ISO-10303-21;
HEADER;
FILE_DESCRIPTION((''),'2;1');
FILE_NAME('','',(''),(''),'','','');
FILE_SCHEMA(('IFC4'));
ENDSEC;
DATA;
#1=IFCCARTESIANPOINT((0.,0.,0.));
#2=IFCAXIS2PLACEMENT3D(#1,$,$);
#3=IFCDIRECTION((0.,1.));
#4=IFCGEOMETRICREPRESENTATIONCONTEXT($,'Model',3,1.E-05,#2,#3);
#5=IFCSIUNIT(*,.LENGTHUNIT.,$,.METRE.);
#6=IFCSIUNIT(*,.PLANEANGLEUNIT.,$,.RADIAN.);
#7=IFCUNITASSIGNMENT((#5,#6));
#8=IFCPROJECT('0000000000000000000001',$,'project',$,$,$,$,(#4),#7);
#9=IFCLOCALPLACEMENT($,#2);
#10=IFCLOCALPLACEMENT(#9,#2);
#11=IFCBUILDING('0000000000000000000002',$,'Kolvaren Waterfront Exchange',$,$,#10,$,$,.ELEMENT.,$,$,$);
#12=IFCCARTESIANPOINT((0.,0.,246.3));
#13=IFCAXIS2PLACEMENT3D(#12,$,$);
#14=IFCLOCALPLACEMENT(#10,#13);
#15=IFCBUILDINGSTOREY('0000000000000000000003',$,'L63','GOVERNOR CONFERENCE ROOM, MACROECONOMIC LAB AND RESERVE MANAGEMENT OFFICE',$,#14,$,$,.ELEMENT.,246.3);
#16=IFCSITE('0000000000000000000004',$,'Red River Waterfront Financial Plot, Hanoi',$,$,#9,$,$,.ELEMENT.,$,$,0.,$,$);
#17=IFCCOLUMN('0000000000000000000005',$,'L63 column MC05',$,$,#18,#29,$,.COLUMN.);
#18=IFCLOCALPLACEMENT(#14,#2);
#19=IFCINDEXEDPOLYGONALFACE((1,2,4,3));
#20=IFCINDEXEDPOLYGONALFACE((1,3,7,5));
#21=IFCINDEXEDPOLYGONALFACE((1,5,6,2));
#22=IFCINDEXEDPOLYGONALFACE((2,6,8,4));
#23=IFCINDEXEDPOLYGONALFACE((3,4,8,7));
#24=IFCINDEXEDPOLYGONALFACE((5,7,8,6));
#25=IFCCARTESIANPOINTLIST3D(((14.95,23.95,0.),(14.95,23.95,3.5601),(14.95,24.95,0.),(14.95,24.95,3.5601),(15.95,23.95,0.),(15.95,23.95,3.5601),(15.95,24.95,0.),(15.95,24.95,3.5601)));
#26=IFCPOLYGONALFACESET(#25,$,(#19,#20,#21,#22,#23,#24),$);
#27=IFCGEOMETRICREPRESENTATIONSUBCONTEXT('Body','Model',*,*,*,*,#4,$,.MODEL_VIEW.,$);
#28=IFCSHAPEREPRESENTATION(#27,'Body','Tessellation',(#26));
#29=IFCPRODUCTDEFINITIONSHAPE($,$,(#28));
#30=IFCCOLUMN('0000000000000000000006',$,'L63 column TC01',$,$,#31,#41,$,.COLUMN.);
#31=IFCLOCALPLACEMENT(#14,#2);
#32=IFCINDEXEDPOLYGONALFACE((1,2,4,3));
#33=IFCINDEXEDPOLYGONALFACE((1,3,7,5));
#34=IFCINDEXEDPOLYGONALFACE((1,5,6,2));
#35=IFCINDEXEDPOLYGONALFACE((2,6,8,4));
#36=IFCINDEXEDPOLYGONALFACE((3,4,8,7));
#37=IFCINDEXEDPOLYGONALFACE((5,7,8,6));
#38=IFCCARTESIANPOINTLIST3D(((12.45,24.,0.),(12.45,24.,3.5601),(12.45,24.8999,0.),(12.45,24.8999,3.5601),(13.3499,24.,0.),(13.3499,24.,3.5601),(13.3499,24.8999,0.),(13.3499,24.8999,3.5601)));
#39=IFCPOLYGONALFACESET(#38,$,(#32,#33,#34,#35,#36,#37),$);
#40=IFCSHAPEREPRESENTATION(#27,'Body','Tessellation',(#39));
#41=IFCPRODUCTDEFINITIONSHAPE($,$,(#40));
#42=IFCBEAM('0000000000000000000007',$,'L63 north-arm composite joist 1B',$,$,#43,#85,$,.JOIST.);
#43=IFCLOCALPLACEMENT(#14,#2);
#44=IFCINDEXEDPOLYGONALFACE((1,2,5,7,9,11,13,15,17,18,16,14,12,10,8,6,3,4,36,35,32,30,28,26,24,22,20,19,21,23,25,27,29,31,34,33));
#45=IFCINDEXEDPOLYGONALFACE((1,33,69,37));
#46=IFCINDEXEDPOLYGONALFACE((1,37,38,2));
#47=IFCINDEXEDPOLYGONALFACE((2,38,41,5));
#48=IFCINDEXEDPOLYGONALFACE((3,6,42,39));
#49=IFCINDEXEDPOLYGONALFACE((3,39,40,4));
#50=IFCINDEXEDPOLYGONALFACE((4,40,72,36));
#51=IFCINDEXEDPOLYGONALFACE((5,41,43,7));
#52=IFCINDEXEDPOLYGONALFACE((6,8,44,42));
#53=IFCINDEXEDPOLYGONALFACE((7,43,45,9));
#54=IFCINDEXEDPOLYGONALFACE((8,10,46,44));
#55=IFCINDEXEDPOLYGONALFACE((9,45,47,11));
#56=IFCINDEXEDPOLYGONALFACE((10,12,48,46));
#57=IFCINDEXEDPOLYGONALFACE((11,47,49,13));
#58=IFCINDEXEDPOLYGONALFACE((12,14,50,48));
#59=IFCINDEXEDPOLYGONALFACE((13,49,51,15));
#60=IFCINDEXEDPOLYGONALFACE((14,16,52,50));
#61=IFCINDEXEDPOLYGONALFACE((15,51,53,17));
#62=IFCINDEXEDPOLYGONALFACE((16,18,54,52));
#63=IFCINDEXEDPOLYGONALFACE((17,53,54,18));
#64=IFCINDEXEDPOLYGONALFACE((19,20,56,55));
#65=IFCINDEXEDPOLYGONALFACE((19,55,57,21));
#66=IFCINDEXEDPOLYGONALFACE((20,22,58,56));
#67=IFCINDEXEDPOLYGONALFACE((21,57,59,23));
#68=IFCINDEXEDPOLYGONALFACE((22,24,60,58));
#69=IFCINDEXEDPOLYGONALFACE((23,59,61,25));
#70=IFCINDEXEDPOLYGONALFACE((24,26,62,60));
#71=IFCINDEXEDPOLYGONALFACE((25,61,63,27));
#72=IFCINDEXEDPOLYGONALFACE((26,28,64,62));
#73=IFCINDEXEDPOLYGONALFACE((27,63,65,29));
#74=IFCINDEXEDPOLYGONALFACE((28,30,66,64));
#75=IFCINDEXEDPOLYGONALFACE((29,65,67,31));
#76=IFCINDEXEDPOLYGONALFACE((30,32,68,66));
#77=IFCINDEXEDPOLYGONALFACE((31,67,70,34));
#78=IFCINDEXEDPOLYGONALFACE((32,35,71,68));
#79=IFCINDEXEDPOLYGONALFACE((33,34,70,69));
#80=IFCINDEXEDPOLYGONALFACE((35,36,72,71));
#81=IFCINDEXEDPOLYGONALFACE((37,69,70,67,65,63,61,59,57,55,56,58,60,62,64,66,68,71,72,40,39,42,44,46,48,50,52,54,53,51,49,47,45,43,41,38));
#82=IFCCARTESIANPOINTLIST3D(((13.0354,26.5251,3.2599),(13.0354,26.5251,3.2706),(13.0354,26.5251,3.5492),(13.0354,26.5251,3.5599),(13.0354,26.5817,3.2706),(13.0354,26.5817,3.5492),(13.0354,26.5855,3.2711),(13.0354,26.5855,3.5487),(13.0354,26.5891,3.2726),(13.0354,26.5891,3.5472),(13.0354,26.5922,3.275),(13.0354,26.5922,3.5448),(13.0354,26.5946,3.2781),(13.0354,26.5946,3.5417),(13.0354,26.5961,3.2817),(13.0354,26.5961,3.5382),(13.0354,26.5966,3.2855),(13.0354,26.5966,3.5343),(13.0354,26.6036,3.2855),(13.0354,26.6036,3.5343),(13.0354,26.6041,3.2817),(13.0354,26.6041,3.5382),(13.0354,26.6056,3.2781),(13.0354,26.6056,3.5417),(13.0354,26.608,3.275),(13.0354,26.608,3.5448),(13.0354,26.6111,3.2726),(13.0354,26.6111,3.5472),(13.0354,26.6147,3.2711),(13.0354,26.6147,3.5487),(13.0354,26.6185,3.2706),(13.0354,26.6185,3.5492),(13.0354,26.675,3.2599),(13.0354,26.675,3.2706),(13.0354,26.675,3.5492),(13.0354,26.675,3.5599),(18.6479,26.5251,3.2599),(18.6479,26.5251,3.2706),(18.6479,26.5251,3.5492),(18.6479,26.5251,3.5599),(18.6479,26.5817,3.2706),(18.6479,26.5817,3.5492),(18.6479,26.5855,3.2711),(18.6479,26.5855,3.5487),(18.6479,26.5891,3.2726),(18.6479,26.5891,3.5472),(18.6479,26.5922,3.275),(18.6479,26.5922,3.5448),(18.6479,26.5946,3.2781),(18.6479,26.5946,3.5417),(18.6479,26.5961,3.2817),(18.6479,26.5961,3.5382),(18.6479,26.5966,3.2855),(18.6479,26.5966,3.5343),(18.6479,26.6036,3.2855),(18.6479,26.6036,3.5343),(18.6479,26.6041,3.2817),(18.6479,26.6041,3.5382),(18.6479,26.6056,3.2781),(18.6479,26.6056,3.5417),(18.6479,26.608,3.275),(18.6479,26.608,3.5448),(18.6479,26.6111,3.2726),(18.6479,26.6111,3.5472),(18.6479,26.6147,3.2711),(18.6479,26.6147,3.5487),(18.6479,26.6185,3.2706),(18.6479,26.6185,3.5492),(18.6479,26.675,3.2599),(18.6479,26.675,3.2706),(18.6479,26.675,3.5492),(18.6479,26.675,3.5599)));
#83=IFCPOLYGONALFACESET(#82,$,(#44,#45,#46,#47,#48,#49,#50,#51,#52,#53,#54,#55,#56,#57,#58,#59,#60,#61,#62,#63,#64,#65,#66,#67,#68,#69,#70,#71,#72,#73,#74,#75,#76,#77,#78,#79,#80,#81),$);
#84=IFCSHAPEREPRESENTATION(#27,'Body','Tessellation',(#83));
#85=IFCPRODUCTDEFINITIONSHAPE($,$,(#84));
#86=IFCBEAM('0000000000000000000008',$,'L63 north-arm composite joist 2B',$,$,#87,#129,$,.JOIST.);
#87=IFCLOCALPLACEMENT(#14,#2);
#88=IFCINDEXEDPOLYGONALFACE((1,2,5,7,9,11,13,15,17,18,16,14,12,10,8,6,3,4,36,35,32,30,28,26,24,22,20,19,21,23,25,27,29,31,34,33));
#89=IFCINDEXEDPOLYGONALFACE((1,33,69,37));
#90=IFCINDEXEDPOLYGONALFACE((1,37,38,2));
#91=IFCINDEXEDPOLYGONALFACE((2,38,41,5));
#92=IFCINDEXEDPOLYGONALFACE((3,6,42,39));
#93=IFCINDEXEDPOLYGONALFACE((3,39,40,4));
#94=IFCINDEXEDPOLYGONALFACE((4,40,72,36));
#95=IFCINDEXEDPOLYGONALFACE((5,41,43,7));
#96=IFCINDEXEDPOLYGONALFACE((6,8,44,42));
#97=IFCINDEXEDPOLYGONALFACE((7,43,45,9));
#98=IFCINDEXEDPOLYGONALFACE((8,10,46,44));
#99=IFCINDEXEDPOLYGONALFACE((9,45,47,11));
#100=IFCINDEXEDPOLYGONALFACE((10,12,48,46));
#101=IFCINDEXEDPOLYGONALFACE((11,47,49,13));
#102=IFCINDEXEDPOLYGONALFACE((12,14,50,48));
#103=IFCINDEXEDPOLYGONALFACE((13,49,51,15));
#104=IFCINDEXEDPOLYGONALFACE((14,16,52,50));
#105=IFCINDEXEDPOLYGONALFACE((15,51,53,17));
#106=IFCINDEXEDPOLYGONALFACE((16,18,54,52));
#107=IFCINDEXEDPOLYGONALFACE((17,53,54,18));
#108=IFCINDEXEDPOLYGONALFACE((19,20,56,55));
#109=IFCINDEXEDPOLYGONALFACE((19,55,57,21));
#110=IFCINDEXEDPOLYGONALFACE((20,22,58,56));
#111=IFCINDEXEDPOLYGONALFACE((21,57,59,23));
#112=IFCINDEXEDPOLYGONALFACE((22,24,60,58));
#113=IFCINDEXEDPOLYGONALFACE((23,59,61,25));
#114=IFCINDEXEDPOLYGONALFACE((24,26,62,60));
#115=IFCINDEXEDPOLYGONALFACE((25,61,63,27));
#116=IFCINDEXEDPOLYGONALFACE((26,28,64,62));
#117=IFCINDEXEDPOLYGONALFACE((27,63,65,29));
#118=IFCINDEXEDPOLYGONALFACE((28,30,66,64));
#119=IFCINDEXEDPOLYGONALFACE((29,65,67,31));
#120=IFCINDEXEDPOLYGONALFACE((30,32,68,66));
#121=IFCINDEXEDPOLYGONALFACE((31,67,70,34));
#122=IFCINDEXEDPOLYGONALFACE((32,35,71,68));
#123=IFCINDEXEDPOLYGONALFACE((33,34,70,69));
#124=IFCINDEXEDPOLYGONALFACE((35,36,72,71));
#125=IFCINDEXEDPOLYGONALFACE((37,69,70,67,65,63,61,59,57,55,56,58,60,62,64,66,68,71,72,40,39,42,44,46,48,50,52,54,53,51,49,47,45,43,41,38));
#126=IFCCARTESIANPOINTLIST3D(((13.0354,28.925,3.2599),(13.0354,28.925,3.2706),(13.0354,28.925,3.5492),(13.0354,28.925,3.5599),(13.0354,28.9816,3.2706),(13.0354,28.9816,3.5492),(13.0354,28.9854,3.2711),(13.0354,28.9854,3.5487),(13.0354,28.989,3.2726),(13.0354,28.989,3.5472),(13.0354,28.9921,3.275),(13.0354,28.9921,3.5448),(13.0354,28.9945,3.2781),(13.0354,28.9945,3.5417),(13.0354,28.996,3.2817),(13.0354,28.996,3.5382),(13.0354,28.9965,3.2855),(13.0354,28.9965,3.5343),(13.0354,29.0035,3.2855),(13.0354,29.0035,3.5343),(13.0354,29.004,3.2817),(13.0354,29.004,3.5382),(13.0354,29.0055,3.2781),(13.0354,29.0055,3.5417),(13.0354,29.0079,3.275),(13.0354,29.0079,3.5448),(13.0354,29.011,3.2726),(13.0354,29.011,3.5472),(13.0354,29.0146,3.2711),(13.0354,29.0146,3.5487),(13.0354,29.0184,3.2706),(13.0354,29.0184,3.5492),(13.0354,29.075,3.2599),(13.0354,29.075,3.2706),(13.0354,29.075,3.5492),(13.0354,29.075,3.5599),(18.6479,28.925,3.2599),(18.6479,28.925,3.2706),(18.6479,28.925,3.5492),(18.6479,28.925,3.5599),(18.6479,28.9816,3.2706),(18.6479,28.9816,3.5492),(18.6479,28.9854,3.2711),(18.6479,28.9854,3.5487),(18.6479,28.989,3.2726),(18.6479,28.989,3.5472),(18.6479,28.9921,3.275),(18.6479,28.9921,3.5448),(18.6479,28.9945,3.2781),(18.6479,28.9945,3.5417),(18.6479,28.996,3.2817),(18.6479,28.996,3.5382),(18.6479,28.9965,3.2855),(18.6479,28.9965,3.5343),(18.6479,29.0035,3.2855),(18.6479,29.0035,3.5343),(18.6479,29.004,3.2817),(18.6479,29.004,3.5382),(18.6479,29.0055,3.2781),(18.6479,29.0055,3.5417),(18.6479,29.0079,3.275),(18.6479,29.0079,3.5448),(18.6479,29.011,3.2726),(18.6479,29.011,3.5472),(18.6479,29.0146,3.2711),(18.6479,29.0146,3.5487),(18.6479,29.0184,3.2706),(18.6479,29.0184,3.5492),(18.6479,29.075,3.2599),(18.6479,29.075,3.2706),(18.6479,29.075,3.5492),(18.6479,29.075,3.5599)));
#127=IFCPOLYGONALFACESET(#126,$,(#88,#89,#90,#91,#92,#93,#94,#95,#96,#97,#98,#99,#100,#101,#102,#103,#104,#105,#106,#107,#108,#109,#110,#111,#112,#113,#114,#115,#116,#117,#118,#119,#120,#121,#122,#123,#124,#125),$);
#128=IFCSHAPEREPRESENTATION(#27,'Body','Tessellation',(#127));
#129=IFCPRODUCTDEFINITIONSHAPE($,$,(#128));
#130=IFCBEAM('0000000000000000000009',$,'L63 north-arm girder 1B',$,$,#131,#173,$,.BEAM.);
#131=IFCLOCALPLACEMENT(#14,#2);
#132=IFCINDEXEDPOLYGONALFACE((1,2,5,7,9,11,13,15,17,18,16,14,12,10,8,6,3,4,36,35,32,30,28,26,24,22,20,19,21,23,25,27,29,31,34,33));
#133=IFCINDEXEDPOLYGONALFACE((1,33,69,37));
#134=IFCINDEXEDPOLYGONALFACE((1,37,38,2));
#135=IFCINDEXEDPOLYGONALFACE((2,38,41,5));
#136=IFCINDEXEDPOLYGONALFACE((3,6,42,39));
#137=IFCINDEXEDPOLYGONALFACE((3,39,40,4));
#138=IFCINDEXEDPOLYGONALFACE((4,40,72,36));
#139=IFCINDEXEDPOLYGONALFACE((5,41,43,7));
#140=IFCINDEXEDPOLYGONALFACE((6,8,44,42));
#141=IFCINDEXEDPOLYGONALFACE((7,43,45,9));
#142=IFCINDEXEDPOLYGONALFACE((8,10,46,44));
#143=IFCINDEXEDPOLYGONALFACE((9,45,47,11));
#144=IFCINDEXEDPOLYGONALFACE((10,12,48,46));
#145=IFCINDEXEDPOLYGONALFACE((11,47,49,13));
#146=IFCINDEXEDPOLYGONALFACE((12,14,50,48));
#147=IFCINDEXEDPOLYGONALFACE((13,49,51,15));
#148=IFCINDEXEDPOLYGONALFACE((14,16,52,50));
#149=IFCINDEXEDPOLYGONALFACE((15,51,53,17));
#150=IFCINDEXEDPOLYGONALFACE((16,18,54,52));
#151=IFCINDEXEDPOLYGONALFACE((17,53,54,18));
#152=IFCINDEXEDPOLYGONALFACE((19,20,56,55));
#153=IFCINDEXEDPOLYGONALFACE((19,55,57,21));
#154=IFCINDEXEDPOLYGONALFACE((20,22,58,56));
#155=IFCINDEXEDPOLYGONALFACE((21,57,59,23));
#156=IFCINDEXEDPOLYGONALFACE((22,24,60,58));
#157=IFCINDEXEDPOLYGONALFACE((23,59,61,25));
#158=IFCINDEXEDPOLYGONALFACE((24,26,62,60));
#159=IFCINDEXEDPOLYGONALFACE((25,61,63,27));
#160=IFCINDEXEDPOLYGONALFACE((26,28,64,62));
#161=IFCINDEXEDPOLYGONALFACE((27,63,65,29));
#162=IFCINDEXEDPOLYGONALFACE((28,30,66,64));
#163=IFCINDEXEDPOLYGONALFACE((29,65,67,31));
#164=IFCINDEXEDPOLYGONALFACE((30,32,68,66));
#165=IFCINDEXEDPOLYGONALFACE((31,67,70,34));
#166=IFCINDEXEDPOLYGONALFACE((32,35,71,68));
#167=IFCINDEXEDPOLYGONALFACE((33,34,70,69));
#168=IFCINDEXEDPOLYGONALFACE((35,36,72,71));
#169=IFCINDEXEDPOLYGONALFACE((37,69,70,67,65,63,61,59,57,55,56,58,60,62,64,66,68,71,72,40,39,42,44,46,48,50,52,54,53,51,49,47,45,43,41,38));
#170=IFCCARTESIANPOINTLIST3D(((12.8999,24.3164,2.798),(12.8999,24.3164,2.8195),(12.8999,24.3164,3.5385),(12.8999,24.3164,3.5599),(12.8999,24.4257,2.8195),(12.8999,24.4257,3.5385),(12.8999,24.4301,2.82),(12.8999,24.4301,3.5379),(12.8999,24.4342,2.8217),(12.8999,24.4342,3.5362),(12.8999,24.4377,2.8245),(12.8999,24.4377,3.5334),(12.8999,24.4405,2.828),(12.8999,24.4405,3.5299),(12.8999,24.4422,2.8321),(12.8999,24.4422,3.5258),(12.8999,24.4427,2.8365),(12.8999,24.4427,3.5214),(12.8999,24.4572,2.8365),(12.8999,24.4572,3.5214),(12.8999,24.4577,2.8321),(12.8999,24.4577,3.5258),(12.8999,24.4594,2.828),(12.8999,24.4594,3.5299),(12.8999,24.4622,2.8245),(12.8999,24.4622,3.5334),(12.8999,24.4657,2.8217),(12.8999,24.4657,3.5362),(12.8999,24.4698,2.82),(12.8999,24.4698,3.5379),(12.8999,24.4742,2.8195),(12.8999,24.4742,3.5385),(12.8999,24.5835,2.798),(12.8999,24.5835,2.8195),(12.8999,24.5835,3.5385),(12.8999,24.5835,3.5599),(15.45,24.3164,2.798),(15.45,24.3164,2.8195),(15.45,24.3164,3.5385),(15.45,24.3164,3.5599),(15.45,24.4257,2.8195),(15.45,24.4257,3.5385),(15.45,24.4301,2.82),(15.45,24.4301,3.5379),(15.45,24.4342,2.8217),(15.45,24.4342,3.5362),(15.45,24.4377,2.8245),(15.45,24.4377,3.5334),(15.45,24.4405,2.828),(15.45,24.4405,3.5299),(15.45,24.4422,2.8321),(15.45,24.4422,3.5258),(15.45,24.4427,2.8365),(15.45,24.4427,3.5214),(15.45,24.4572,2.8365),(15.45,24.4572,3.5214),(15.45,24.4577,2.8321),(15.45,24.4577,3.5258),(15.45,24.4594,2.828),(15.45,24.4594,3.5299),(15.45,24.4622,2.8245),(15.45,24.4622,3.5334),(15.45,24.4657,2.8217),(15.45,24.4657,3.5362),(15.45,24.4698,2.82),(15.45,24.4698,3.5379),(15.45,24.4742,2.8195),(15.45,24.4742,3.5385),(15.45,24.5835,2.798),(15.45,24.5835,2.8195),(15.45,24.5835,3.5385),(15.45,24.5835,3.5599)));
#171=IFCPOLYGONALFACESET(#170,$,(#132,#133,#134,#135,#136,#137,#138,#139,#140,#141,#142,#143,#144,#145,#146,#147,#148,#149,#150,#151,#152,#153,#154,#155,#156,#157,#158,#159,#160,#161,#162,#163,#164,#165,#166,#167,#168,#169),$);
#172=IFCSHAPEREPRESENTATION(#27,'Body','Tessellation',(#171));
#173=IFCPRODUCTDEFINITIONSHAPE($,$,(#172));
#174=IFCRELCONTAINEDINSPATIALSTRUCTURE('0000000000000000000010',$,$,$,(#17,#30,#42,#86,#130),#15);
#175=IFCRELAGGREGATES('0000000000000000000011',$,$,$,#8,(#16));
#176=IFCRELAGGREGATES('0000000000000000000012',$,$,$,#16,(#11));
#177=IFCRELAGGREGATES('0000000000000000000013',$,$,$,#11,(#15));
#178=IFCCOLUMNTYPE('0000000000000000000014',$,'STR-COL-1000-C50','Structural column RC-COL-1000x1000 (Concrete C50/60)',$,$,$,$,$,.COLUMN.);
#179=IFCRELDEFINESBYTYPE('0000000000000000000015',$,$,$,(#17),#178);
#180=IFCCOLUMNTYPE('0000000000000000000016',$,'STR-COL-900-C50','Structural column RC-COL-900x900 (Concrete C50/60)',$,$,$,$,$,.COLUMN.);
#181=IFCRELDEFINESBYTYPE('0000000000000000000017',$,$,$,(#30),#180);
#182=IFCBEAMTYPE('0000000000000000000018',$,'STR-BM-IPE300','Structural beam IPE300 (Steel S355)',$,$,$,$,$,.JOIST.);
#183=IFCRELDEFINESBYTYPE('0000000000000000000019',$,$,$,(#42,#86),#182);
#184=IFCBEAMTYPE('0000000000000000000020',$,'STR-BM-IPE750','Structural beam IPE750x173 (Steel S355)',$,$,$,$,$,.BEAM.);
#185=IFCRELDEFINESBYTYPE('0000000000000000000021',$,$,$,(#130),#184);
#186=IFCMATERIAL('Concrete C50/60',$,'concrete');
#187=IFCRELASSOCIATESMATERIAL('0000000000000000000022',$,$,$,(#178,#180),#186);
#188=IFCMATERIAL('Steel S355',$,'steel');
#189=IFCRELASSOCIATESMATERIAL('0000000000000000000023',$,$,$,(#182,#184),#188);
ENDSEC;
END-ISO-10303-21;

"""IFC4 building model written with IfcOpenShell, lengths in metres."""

from ifc_helpers import new_model, si_unit, direction, frame, origin, origin_2d, place, context, subcontext, project, spatial, rectangle, i_section, extrude, material, material_profile, profile_set, type_object, element, save


model = new_model("IFC4")

# Units and contexts
model_context = context("Model", 3, precision=1e-05, world=origin(), true_north=direction((0.0, 1.0)))
body_context = subcontext(model_context, "Body", "Model", "MODEL_VIEW")
ifc_project = project(units=[si_unit("LENGTHUNIT", "METRE"), si_unit("PLANEANGLEUNIT", "RADIAN")], contexts=[model_context])

# Site, building, storey
site_placement = place(None, origin())
site = spatial("IfcSite", under=ifc_project, at=site_placement, Name="Red River Waterfront Financial Plot, Hanoi", CompositionType="ELEMENT", RefElevation=0.0)
building_placement = place(site_placement, origin())
building = spatial("IfcBuilding", under=site, at=building_placement, Name="Kolvaren Waterfront Exchange", CompositionType="ELEMENT")
storey_placement = place(building_placement, frame((0.0, 0.0, 246.3)))
storey = spatial("IfcBuildingStorey", under=building, at=storey_placement, Name="L63", Description="GOVERNOR CONFERENCE ROOM, MACROECONOMIC LAB AND RESERVE MANAGEMENT OFFICE", CompositionType="ELEMENT", Elevation=246.3)

# Columns
ifc_material_1 = material(Name="Concrete C50/60", Category="concrete")
ifc_material_profile_1 = material_profile(ifc_material_1, rectangle(XDim=1.0, YDim=1.0, at=origin_2d()), Name="RC-COL-1000x1000")
ifc_profile_set_1 = profile_set([ifc_material_profile_1], Name="Concrete C50/60")
column_type_1 = type_object("IfcColumnType", Name="STR-COL-1000-C50", Description="Structural column RC-COL-1000x1000 (Concrete C50/60)", PredefinedType="COLUMN", material=ifc_profile_set_1)
column_1_placement = place(storey_placement, frame((15.45, 24.45, 0.0), z_axis=(0.0, 0.0, 1.0), x_axis=(1.0, 0.0, 0.0)))
element("IfcColumn", 1, at=column_1_placement, inside=storey, type_object=column_type_1, Name="L63 column MC05", PredefinedType="COLUMN", context=body_context, shape_type="SweptSolid", body=[
    extrude(rectangle(XDim=1.0, YDim=1.0, at=origin_2d()), origin(), (0.0, 0.0, 1.0), 3.5601),
])
ifc_material_profile_2 = material_profile(ifc_material_1, rectangle(XDim=0.8999, YDim=0.8999, at=origin_2d()), Name="RC-COL-900x900")
ifc_profile_set_2 = profile_set([ifc_material_profile_2], Name="Concrete C50/60")
column_type_2 = type_object("IfcColumnType", Name="STR-COL-900-C50", Description="Structural column RC-COL-900x900 (Concrete C50/60)", PredefinedType="COLUMN", material=ifc_profile_set_2)
column_2_placement = place(storey_placement, frame((12.8999, 24.45, 0.0), z_axis=(0.0, 0.0, 1.0), x_axis=(1.0, 0.0, 0.0)))
element("IfcColumn", 2, at=column_2_placement, inside=storey, type_object=column_type_2, Name="L63 column TC01", PredefinedType="COLUMN", context=body_context, shape_type="SweptSolid", body=[
    extrude(rectangle(XDim=0.8999, YDim=0.8999, at=origin_2d()), origin(), (0.0, 0.0, 1.0), 3.5601),
])

# Beams
ifc_material_2 = material(Name="Steel S355", Category="steel")
ifc_material_profile_3 = material_profile(ifc_material_2, i_section(OverallWidth=0.1499, OverallDepth=0.3, WebThickness=0.0071, FlangeThickness=0.0107, FilletRadius=0.0149, at=origin_2d()), Name="IPE300")
ifc_profile_set_3 = profile_set([ifc_material_profile_3], Name="Steel S355")
beam_type_1 = type_object("IfcBeamType", Name="STR-BM-IPE300", Description="Structural beam IPE300 (Steel S355)", PredefinedType="JOIST", material=ifc_profile_set_3)
for number, where, z_axis, x_axis, name in (
    (3, (13.0354, 26.6001, 3.4099), (1.0, 0.0, 0.0), (0.0, 1.0, 0.0), "L63 north-arm composite joist 1B"),
    (4, (13.0354, 29.0, 3.4099), (1.0, 0.0, 0.0), (0.0, 1.0, 0.0), "L63 north-arm composite joist 2B"),
):
    element("IfcBeam", number, at=place(storey_placement, frame(where, z_axis=z_axis, x_axis=x_axis)), inside=storey, type_object=beam_type_1, Name=name, PredefinedType="JOIST", context=body_context, shape_type="SweptSolid", body=[
        extrude(i_section(OverallWidth=0.1499, OverallDepth=0.3, WebThickness=0.0071, FlangeThickness=0.0107, FilletRadius=0.0149, at=origin_2d()), origin(), (0.0, 0.0, 1.0), 5.6125),
    ])
ifc_material_profile_4 = material_profile(ifc_material_2, i_section(OverallWidth=0.2671, OverallDepth=0.762, WebThickness=0.0144, FlangeThickness=0.0215, FilletRadius=0.0171, at=origin_2d()), Name="IPE750x173")
ifc_profile_set_4 = profile_set([ifc_material_profile_4], Name="Steel S355")
beam_type_2 = type_object("IfcBeamType", Name="STR-BM-IPE750", Description="Structural beam IPE750x173 (Steel S355)", PredefinedType="BEAM", material=ifc_profile_set_4)
beam_1_placement = place(storey_placement, frame((12.8999, 24.45, 3.179), z_axis=(1.0, 0.0, 0.0), x_axis=(0.0, 1.0, 0.0)))
element("IfcBeam", 5, at=beam_1_placement, inside=storey, type_object=beam_type_2, Name="L63 north-arm girder 1B", PredefinedType="BEAM", context=body_context, shape_type="SweptSolid", body=[
    extrude(i_section(OverallWidth=0.2671, OverallDepth=0.762, WebThickness=0.0144, FlangeThickness=0.0215, FilletRadius=0.0171, at=origin_2d()), origin(), (0.0, 0.0, 1.0), 2.55),
])

save(model, "model.ifc")
